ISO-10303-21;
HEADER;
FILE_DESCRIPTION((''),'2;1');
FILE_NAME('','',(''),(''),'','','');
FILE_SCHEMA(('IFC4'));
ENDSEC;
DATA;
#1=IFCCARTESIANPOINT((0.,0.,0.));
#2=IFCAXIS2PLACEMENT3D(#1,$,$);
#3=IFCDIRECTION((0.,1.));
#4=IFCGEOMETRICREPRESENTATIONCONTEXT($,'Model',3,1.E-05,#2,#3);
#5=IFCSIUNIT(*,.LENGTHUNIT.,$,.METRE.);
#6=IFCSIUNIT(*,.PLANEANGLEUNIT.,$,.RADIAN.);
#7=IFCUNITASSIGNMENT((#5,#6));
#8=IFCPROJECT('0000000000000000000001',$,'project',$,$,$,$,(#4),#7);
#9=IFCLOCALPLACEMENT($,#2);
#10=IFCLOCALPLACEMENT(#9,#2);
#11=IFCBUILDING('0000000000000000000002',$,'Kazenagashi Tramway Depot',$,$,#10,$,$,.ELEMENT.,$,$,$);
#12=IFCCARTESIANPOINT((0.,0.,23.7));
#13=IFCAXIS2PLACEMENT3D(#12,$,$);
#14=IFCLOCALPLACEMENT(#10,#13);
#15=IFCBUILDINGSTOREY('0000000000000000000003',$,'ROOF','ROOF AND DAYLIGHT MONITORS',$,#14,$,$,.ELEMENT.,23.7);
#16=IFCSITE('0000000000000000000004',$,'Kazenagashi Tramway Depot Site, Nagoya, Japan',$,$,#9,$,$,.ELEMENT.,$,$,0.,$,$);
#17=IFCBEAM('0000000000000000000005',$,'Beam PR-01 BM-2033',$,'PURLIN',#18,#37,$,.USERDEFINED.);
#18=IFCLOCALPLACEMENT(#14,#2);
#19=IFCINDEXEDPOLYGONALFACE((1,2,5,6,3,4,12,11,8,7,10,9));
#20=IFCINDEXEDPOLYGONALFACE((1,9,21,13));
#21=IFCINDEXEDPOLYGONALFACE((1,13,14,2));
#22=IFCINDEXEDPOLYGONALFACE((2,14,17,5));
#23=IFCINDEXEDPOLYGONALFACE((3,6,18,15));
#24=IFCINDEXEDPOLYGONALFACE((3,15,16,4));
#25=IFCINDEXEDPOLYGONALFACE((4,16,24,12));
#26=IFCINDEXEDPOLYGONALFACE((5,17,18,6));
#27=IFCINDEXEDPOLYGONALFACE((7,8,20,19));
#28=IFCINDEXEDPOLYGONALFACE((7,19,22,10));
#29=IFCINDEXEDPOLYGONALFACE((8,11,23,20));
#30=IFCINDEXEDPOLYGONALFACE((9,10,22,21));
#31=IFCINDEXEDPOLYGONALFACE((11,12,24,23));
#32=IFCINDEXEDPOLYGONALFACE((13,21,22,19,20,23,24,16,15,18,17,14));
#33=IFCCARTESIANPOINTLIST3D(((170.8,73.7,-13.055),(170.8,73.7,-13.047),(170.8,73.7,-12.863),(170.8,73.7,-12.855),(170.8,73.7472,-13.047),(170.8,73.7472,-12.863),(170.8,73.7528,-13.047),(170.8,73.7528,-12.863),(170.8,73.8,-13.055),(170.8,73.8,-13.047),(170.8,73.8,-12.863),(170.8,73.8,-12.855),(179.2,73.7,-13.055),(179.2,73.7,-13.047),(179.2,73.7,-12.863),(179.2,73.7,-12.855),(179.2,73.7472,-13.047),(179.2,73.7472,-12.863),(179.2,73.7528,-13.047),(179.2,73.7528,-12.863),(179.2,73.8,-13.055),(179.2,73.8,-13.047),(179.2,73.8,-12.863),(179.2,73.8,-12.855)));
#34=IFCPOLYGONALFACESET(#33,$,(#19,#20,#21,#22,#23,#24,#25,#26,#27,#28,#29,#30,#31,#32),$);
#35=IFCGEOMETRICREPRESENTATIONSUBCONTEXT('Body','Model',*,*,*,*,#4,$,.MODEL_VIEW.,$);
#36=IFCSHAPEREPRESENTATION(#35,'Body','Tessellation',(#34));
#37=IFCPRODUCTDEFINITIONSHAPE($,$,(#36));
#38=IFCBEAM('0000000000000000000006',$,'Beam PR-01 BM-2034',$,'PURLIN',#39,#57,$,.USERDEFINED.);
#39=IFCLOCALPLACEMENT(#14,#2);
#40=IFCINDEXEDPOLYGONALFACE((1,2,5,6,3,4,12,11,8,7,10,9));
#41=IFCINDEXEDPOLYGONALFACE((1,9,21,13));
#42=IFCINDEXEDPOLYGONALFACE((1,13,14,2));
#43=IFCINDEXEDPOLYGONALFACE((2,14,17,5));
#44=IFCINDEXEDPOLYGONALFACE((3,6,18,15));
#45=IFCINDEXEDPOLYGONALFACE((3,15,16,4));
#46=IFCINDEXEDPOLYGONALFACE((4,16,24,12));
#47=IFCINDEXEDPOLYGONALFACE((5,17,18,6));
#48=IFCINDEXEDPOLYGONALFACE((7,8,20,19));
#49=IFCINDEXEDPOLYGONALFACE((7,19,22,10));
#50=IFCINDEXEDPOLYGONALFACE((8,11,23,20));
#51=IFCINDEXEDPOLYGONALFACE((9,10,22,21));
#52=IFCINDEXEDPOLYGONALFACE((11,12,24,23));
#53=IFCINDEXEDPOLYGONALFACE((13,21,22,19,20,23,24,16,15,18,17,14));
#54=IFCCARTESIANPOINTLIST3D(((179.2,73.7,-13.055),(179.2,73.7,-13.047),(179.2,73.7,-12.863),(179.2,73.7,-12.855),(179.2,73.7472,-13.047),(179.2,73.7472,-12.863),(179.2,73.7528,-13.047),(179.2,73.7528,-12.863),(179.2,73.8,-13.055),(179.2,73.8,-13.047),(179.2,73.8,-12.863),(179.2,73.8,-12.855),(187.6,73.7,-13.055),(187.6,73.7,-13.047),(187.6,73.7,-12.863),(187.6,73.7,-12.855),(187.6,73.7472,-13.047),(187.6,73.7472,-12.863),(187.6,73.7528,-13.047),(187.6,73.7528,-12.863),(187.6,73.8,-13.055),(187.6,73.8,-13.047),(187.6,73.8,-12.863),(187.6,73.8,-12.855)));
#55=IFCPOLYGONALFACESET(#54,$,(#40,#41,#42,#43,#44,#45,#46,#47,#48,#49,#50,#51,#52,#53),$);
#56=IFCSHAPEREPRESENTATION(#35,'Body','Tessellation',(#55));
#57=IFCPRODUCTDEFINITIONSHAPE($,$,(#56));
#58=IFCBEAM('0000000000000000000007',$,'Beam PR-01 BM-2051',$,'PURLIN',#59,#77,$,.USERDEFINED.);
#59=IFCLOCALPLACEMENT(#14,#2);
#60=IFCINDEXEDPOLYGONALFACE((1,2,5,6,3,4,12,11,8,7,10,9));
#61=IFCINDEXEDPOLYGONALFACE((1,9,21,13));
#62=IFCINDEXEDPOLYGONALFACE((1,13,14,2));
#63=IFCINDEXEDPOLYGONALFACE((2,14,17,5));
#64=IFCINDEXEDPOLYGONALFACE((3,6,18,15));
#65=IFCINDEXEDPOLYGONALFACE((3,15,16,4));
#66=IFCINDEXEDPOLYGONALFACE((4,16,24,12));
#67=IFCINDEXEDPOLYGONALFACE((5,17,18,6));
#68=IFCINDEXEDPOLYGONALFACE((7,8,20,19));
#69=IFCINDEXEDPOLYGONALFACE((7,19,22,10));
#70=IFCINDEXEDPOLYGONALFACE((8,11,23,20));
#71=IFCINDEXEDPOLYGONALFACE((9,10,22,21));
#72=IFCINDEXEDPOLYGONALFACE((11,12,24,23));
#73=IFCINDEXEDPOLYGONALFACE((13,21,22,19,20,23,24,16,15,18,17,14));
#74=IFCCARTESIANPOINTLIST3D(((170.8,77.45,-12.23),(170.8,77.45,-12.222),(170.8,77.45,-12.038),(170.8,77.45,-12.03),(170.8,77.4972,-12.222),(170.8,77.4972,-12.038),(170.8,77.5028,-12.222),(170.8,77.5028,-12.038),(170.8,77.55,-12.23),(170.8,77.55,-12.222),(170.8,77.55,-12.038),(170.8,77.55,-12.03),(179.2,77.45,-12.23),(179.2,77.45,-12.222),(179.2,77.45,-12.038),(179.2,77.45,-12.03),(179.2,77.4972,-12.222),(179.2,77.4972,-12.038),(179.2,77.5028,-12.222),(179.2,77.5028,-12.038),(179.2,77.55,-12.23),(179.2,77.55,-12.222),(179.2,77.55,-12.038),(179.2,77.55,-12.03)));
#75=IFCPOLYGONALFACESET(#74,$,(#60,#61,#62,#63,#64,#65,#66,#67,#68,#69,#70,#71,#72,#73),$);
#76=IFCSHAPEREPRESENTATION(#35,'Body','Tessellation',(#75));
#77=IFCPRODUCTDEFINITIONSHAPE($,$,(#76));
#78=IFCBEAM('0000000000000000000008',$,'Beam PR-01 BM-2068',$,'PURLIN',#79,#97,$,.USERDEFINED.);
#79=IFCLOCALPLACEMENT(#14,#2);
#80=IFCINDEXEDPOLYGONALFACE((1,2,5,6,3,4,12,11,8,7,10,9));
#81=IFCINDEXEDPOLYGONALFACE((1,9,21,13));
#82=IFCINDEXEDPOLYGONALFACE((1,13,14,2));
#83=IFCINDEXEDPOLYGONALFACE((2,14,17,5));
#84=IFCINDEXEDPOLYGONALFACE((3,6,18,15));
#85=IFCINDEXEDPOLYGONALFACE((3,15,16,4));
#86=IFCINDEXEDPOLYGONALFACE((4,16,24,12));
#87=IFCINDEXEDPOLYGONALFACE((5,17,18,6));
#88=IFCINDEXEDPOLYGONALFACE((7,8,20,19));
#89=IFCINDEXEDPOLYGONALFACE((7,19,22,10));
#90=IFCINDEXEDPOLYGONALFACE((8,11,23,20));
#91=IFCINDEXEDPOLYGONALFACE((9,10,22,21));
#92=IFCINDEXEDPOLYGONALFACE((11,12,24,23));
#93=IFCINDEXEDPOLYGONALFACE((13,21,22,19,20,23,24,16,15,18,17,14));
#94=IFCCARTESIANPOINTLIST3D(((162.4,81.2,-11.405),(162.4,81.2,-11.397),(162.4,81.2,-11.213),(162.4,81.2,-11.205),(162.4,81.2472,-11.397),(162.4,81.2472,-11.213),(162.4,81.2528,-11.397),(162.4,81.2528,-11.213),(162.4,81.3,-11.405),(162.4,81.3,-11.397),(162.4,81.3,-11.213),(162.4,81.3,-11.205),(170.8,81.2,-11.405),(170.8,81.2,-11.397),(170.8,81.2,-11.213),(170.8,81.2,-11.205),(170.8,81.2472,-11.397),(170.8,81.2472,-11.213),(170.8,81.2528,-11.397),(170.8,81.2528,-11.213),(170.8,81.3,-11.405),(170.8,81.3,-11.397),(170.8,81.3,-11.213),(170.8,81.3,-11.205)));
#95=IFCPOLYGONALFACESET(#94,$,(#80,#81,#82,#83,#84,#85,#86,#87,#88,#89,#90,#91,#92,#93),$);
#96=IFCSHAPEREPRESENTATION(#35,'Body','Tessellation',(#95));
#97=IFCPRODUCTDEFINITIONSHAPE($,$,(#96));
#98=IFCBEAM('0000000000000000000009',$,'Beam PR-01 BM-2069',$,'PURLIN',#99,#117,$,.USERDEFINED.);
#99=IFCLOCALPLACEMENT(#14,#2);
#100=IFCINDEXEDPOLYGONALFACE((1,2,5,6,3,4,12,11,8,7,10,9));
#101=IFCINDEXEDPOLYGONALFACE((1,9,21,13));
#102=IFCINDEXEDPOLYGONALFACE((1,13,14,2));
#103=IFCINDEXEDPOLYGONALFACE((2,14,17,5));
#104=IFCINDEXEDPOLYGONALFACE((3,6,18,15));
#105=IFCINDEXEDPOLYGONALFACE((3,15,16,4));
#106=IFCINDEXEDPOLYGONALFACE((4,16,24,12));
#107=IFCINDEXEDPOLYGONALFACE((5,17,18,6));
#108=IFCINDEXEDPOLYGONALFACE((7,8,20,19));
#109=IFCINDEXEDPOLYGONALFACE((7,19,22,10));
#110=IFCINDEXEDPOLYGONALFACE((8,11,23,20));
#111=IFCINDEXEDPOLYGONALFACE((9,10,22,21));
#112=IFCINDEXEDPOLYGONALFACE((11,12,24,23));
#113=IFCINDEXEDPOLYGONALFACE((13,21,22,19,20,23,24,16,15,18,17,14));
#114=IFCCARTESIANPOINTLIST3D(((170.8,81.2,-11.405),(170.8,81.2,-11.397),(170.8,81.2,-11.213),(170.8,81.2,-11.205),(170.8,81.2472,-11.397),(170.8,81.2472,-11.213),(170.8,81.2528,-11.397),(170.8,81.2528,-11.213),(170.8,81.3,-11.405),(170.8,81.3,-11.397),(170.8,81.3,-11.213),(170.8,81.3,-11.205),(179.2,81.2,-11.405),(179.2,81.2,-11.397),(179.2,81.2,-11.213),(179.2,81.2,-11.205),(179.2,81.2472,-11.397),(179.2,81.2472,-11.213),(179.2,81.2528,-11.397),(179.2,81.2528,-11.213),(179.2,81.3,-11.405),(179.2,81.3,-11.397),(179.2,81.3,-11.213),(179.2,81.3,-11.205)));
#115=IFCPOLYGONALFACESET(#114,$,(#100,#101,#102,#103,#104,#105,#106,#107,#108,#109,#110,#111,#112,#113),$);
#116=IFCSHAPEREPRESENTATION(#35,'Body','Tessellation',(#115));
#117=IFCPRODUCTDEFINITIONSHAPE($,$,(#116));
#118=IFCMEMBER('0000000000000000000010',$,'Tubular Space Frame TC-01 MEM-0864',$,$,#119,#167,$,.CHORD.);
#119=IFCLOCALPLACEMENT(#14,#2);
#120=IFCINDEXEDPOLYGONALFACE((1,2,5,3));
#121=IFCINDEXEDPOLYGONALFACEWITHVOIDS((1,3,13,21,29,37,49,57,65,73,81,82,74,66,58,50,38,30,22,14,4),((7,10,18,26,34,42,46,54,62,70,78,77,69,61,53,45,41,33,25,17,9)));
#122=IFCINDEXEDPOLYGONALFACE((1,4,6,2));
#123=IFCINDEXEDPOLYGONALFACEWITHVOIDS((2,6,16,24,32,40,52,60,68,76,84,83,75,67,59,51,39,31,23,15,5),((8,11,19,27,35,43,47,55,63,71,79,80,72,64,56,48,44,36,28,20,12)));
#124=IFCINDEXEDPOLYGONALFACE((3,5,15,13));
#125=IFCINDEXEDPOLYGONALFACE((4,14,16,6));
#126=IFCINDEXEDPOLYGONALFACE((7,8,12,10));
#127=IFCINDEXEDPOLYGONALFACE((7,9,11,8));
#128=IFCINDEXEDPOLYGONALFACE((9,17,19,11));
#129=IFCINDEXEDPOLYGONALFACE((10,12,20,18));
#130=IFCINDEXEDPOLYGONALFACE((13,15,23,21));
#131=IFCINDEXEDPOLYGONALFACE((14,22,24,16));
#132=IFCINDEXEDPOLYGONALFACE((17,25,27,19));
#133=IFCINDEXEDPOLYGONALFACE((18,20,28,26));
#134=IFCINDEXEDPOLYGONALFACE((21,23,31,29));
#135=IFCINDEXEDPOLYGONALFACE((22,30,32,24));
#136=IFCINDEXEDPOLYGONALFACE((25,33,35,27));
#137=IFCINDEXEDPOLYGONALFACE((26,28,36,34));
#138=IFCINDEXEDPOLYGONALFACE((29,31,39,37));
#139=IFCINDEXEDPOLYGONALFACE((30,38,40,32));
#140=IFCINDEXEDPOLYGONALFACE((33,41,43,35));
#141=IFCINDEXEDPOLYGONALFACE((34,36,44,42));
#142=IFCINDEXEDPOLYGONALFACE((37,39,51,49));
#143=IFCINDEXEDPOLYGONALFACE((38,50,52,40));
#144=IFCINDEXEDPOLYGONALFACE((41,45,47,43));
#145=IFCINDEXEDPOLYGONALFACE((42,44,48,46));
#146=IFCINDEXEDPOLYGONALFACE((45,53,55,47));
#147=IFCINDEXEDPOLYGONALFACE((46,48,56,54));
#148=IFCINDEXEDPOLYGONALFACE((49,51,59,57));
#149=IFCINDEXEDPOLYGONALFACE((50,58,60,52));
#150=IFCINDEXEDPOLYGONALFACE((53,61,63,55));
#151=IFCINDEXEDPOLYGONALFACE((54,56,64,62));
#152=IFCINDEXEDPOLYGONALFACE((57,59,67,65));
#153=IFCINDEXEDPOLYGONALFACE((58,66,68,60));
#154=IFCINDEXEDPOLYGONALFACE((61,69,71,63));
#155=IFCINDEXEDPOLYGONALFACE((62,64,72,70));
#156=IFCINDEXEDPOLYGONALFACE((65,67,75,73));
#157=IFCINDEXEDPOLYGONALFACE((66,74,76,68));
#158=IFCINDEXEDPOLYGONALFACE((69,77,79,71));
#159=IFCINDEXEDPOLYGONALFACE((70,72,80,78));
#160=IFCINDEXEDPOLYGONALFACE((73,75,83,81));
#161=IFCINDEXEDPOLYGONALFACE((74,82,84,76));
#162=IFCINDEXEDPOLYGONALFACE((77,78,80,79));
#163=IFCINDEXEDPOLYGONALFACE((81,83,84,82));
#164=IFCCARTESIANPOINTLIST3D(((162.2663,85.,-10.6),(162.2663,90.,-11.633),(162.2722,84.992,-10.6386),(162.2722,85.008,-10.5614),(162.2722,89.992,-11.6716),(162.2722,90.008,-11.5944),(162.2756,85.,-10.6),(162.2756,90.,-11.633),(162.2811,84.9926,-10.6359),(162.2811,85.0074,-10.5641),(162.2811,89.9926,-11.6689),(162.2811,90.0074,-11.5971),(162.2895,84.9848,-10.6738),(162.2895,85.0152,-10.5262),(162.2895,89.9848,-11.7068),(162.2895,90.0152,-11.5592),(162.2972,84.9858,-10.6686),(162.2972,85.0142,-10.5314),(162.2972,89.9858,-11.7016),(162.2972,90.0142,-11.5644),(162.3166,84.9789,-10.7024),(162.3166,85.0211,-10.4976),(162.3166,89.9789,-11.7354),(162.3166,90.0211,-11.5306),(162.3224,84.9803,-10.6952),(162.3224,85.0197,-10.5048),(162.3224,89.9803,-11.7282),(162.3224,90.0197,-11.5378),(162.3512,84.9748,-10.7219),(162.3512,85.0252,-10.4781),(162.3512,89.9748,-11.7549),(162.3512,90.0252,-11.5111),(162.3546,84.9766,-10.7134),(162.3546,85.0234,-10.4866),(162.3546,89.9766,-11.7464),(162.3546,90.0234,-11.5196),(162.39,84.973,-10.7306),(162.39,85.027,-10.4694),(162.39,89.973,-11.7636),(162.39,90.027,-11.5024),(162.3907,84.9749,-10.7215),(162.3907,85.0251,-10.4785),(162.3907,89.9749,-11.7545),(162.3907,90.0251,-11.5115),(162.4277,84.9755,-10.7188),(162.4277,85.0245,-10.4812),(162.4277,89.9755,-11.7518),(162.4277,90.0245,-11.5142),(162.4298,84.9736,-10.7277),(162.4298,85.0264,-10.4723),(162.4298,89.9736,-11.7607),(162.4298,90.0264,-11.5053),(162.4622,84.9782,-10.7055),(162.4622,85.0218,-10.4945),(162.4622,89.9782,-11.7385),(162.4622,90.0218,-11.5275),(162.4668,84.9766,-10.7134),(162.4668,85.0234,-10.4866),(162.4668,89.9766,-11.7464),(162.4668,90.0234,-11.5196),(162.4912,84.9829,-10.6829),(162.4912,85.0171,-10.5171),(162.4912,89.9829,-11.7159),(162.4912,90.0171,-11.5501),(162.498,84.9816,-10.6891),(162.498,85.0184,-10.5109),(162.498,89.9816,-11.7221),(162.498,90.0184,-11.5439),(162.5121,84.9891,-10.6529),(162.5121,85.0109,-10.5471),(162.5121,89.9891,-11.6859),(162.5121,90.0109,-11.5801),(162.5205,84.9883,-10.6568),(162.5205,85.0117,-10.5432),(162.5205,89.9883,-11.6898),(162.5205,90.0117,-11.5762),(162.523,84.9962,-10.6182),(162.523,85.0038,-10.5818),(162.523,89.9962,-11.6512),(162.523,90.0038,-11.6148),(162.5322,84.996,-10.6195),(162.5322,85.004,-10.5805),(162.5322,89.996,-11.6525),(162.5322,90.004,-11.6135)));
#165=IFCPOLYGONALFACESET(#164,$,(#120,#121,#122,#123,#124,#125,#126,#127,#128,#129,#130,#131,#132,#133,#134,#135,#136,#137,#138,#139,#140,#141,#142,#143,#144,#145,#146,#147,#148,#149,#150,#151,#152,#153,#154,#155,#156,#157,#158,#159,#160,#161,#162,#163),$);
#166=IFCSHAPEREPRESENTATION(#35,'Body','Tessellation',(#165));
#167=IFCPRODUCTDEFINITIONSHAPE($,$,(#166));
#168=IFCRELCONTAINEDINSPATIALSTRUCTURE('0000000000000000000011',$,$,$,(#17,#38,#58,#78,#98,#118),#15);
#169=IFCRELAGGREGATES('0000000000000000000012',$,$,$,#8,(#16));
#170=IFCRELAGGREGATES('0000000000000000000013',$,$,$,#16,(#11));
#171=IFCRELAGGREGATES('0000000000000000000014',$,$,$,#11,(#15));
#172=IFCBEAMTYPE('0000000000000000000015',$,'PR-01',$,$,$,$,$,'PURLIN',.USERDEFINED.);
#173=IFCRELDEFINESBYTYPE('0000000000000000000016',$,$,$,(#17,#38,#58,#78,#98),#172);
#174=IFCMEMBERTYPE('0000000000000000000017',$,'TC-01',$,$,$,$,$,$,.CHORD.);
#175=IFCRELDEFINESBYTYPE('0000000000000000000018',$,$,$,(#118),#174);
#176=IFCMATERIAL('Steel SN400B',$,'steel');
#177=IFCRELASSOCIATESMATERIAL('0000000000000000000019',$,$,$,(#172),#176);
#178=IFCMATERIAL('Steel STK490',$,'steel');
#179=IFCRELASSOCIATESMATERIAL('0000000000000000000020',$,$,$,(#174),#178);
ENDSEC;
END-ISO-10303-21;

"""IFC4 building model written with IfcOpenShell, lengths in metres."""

from ifc_helpers import new_model, si_unit, direction, frame, origin, origin_2d, place, context, subcontext, project, spatial, hollow_circle, i_section, extrude, material, material_profile, profile_set, type_object, element, save


model = new_model("IFC4")

# Units and contexts
model_context = context("Model", 3, precision=1e-05, world=origin(), true_north=direction((0.0, 1.0)))
body_context = subcontext(model_context, "Body", "Model", "MODEL_VIEW")
ifc_project = project(units=[si_unit("LENGTHUNIT", "METRE"), si_unit("PLANEANGLEUNIT", "RADIAN")], contexts=[model_context])

# Site, building, storey
site_placement = place(None, origin())
site = spatial("IfcSite", under=ifc_project, at=site_placement, Name="Kazenagashi Tramway Depot Site, Nagoya, Japan", CompositionType="ELEMENT", RefElevation=0.0)
building_placement = place(site_placement, origin())
building = spatial("IfcBuilding", under=site, at=building_placement, Name="Kazenagashi Tramway Depot", CompositionType="ELEMENT")
storey_placement = place(building_placement, frame((0.0, 0.0, 23.7)))
storey = spatial("IfcBuildingStorey", under=building, at=storey_placement, Name="ROOF", Description="ROOF AND DAYLIGHT MONITORS", CompositionType="ELEMENT", Elevation=23.7)

# Beams
ifc_material_1 = material(Name="Steel SN400B", Category="steel")
ifc_material_profile_1 = material_profile(ifc_material_1, i_section(OverallWidth=0.1, OverallDepth=0.2, WebThickness=0.0055, FlangeThickness=0.008, at=origin_2d()), Name="H-200x100x5.5x8")
ifc_profile_set_1 = profile_set([ifc_material_profile_1], Name="Steel SN400B")
beam_type = type_object("IfcBeamType", Name="PR-01", ElementType="PURLIN", PredefinedType="USERDEFINED", material=ifc_profile_set_1)
for number, where, z_axis, x_axis, name in (
    (1, (170.8, 73.75, -12.955), (1.0, 0.0, 0.0), (0.0, 1.0, 0.0), "Beam PR-01 BM-2033"),
    (2, (179.2, 73.75, -12.955), (1.0, 0.0, 0.0), (0.0, 1.0, 0.0), "Beam PR-01 BM-2034"),
    (3, (170.8, 77.5, -12.13), (1.0, 0.0, 0.0), (0.0, 1.0, 0.0), "Beam PR-01 BM-2051"),
    (4, (162.4, 81.25, -11.305), (1.0, 0.0, 0.0), (0.0, 1.0, 0.0), "Beam PR-01 BM-2068"),
    (5, (170.8, 81.25, -11.305), (1.0, 0.0, 0.0), (0.0, 1.0, 0.0), "Beam PR-01 BM-2069"),
):
    element("IfcBeam", number, at=place(storey_placement, frame(where, z_axis=z_axis, x_axis=x_axis)), inside=storey, type_object=beam_type, Name=name, ObjectType="PURLIN", PredefinedType="USERDEFINED", context=body_context, shape_type="SweptSolid", body=[
        extrude(i_section(OverallWidth=0.1, OverallDepth=0.2, WebThickness=0.0055, FlangeThickness=0.008, at=origin_2d()), origin(), (0.0, 0.0, 1.0), 8.4),
    ])

# Member
ifc_material_2 = material(Name="Steel STK490", Category="steel")
ifc_material_profile_2 = material_profile(ifc_material_2, hollow_circle(Radius=0.1337, WallThickness=0.0093, at=origin_2d()), Name="CHS-267.4x9.3")
ifc_profile_set_2 = profile_set([ifc_material_profile_2], Name="Steel STK490")
member_type_1 = type_object("IfcMemberType", Name="TC-01", PredefinedType="CHORD", material=ifc_profile_set_2)
member_1_placement = place(storey_placement, frame((162.4, 85.0, -10.6), z_axis=(0.0, 0.979318, -0.202327), x_axis=(-1.0, 0.0, 0.0)))
element("IfcMember", 6, at=member_1_placement, inside=storey, type_object=member_type_1, Name="Tubular Space Frame TC-01 MEM-0864", PredefinedType="CHORD", context=body_context, shape_type="SweptSolid", body=[
    extrude(hollow_circle(Radius=0.1337, WallThickness=0.0093, at=origin_2d()), origin(), (0.0, 0.0, 1.0), 5.1056),
])

save(model, "model.ifc")
